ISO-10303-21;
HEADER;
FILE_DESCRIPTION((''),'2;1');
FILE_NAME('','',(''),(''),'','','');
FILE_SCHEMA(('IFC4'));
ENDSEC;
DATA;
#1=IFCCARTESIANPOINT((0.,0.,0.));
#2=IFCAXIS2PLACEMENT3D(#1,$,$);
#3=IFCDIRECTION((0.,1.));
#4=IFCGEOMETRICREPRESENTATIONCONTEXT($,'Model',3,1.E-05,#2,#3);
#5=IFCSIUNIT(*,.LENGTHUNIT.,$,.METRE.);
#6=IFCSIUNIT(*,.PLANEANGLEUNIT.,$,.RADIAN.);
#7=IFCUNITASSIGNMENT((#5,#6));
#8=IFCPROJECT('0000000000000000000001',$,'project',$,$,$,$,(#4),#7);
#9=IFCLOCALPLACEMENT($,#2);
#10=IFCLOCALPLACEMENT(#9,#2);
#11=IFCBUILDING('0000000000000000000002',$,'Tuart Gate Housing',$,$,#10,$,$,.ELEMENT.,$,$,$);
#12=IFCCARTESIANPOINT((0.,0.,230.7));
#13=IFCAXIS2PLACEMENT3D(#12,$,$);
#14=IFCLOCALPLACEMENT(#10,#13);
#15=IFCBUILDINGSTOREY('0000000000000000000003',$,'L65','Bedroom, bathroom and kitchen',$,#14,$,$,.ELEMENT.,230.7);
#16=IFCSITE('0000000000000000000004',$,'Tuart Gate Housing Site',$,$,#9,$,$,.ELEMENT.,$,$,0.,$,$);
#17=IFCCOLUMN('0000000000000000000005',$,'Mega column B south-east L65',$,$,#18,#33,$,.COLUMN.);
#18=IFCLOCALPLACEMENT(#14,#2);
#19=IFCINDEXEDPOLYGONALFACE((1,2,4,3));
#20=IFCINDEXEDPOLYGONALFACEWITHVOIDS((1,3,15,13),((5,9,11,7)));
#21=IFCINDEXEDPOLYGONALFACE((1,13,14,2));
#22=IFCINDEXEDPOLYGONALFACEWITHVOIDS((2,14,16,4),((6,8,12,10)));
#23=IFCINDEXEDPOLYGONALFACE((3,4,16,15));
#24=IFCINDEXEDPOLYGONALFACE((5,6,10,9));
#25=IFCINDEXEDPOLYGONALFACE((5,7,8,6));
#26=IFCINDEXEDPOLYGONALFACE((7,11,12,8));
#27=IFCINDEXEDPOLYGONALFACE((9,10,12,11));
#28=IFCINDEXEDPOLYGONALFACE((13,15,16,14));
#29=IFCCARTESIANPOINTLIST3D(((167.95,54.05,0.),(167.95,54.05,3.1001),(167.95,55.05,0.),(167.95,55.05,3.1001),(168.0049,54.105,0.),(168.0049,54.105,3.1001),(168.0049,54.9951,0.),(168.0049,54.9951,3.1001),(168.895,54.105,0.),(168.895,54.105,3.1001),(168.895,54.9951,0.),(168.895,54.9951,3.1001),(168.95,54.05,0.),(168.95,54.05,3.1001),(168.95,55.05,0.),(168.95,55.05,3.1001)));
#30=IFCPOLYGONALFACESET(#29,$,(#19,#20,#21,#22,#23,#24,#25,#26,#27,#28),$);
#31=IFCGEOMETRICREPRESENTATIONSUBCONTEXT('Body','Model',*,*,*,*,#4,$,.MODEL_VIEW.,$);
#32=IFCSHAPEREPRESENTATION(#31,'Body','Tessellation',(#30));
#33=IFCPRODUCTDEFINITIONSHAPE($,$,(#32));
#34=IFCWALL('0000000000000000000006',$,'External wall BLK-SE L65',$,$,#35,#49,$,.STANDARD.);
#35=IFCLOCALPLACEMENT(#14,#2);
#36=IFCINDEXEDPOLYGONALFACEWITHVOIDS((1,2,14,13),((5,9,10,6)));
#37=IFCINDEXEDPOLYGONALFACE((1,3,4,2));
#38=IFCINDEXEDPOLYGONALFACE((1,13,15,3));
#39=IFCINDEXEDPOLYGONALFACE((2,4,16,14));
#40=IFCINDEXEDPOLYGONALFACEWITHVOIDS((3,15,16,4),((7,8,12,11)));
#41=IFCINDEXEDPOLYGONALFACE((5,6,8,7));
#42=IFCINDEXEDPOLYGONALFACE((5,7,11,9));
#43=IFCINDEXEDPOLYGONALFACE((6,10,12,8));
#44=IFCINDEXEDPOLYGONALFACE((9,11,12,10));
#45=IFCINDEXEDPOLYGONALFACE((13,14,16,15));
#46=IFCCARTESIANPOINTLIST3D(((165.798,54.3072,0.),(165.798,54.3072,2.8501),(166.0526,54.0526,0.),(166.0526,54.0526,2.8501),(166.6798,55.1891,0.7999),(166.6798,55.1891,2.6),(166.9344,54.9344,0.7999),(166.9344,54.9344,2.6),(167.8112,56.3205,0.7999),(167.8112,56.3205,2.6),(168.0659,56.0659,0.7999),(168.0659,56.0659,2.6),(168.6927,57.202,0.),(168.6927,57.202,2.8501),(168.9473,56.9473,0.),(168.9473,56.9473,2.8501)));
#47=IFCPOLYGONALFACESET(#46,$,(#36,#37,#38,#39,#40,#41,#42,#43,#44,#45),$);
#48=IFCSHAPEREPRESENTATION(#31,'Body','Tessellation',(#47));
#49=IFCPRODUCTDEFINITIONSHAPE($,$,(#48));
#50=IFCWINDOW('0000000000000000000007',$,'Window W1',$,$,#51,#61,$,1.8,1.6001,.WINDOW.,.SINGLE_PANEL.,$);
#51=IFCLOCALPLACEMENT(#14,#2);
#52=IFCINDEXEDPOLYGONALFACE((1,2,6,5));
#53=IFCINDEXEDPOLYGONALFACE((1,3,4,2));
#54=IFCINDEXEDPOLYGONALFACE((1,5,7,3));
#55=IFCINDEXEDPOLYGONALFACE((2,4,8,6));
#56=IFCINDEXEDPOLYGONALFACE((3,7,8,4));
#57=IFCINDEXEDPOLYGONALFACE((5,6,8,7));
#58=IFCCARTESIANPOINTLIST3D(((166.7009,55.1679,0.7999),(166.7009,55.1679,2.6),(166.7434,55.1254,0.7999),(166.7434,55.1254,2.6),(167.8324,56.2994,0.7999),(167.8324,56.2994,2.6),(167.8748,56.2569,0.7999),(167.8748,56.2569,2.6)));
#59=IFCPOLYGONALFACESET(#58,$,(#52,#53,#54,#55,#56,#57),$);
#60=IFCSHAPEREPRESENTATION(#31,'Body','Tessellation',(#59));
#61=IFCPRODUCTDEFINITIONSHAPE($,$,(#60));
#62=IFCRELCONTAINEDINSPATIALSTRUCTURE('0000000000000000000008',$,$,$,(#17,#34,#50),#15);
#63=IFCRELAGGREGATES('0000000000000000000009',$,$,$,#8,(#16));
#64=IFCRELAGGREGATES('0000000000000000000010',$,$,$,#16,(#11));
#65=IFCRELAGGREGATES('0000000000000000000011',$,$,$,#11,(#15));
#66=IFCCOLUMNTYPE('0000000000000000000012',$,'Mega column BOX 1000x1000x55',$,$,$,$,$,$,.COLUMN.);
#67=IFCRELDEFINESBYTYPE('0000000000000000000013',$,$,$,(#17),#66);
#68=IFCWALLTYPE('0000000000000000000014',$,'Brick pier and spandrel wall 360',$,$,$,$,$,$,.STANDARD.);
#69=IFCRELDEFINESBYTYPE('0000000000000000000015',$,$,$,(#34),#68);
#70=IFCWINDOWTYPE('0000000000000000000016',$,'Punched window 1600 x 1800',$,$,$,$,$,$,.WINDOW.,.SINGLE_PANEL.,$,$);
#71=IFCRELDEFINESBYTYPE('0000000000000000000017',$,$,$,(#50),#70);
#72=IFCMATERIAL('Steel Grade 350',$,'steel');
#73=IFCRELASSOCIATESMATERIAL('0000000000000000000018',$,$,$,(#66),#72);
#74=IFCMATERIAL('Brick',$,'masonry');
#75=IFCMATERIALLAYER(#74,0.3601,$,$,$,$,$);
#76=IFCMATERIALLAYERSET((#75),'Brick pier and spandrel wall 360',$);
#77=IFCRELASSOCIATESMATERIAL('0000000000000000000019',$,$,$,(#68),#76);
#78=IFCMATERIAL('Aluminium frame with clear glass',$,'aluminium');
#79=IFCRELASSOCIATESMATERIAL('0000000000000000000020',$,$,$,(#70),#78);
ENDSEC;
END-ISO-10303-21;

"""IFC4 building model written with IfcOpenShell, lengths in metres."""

from ifc_helpers import new_model, si_unit, direction, frame, frame_2d, origin, origin_2d, place, context, subcontext, project, spatial, rectangle, hollow_rectangle, extrude, material, layer, layer_set, material_profile, profile_set, type_object, element, fill, save


model = new_model("IFC4")

# Units and contexts
model_context = context("Model", 3, precision=1e-05, world=origin(), true_north=direction((0.0, 1.0)))
body_context = subcontext(model_context, "Body", "Model", "MODEL_VIEW")
ifc_project = project(units=[si_unit("LENGTHUNIT", "METRE"), si_unit("PLANEANGLEUNIT", "RADIAN")], contexts=[model_context])

# Site, building, storey
site_placement = place(None, origin())
site = spatial("IfcSite", under=ifc_project, at=site_placement, Name="Tuart Gate Housing Site", CompositionType="ELEMENT", RefElevation=0.0)
building_placement = place(site_placement, origin())
building = spatial("IfcBuilding", under=site, at=building_placement, Name="Tuart Gate Housing", CompositionType="ELEMENT")
storey_placement = place(building_placement, frame((0.0, 0.0, 230.7)))
storey = spatial("IfcBuildingStorey", under=building, at=storey_placement, Name="L65", Description="Bedroom, bathroom and kitchen", CompositionType="ELEMENT", Elevation=230.7)

# Column
ifc_material_1 = material(Name="Steel Grade 350", Category="steel")
ifc_material_profile = material_profile(ifc_material_1, hollow_rectangle(XDim=1.0, YDim=1.0, WallThickness=0.0549, at=origin_2d()), Name="BOX 1000x1000x55")
ifc_profile_set = profile_set([ifc_material_profile], Name="Steel Grade 350")
column_type = type_object("IfcColumnType", Name="Mega column BOX 1000x1000x55", PredefinedType="COLUMN", material=ifc_profile_set)
column_placement = place(storey_placement, frame((168.45, 54.55, 0.0), z_axis=(0.0, 0.0, 1.0), x_axis=(1.0, 0.0, 0.0)))
element("IfcColumn", 1, at=column_placement, inside=storey, type_object=column_type, Name="Mega column B south-east L65", PredefinedType="COLUMN", context=body_context, shape_type="SweptSolid", body=[
    extrude(hollow_rectangle(XDim=1.0, YDim=1.0, WallThickness=0.0549, at=origin_2d()), origin(), (0.0, 0.0, 1.0), 3.1001),
])

# Wall, opening, window
ifc_material_2 = material(Name="Brick", Category="masonry")
ifc_layer_1 = layer(ifc_material_2, 0.3601)
ifc_layer_set_1 = layer_set([ifc_layer_1], Name="Brick pier and spandrel wall 360")
wall_type_1 = type_object("IfcWallType", Name="Brick pier and spandrel wall 360", PredefinedType="STANDARD", material=ifc_layer_set_1)
wall_1_placement = place(storey_placement, frame((165.9253, 54.1799, 0.0), z_axis=(0.0, 0.0, 1.0), x_axis=(0.707107, 0.707107, 0.0)))
wall_1 = element("IfcWall", 2, at=wall_1_placement, inside=storey, type_object=wall_type_1, Name="External wall BLK-SE L65", PredefinedType="STANDARD", context=body_context, shape_type="SweptSolid", body=[
    extrude(rectangle(XDim=4.0938, YDim=0.3601, at=frame_2d((2.0469, 0.0))), origin(), (0.0, 0.0, 1.0), 2.8501),
])
opening_1_placement = place(wall_1_placement, frame((1.2471, 0.0, 0.8)))
opening_1 = element("IfcOpeningElement", 3, at=opening_1_placement, cuts=wall_1, PredefinedType="OPENING", context=body_context, shape_type="SweptSolid", body=[
    extrude(rectangle(XDim=1.6001, YDim=1.8, at=frame_2d((0.8, 0.8999))), frame((0.0, 0.1899, 0.0), z_axis=(0.0, -1.0, 0.0), x_axis=(1.0, 0.0, 0.0)), (0.0, 0.0, 1.0), 0.3801),
])
ifc_material_3 = material(Name="Aluminium frame with clear glass", Category="aluminium")
window_type_1 = type_object("IfcWindowType", Name="Punched window 1600 x 1800", PartitioningType="SINGLE_PANEL", PredefinedType="WINDOW", material=ifc_material_3)
window_1_placement = place(opening_1_placement, origin())
window_1 = element("IfcWindow", 4, at=window_1_placement, inside=storey, type_object=window_type_1, Name="Window W1", OverallHeight=1.8, OverallWidth=1.6001, PartitioningType="SINGLE_PANEL", PredefinedType="WINDOW", context=body_context, shape_type="SweptSolid", body=[
    extrude(rectangle(XDim=1.6001, YDim=1.8, at=frame_2d((0.8, 0.8999))), frame((0.0, 0.1501, 0.0), z_axis=(0.0, -1.0, 0.0), x_axis=(1.0, 0.0, 0.0)), (0.0, 0.0, 1.0), 0.0601),
])
fill(opening_1, window_1)

save(model, "model.ifc")
